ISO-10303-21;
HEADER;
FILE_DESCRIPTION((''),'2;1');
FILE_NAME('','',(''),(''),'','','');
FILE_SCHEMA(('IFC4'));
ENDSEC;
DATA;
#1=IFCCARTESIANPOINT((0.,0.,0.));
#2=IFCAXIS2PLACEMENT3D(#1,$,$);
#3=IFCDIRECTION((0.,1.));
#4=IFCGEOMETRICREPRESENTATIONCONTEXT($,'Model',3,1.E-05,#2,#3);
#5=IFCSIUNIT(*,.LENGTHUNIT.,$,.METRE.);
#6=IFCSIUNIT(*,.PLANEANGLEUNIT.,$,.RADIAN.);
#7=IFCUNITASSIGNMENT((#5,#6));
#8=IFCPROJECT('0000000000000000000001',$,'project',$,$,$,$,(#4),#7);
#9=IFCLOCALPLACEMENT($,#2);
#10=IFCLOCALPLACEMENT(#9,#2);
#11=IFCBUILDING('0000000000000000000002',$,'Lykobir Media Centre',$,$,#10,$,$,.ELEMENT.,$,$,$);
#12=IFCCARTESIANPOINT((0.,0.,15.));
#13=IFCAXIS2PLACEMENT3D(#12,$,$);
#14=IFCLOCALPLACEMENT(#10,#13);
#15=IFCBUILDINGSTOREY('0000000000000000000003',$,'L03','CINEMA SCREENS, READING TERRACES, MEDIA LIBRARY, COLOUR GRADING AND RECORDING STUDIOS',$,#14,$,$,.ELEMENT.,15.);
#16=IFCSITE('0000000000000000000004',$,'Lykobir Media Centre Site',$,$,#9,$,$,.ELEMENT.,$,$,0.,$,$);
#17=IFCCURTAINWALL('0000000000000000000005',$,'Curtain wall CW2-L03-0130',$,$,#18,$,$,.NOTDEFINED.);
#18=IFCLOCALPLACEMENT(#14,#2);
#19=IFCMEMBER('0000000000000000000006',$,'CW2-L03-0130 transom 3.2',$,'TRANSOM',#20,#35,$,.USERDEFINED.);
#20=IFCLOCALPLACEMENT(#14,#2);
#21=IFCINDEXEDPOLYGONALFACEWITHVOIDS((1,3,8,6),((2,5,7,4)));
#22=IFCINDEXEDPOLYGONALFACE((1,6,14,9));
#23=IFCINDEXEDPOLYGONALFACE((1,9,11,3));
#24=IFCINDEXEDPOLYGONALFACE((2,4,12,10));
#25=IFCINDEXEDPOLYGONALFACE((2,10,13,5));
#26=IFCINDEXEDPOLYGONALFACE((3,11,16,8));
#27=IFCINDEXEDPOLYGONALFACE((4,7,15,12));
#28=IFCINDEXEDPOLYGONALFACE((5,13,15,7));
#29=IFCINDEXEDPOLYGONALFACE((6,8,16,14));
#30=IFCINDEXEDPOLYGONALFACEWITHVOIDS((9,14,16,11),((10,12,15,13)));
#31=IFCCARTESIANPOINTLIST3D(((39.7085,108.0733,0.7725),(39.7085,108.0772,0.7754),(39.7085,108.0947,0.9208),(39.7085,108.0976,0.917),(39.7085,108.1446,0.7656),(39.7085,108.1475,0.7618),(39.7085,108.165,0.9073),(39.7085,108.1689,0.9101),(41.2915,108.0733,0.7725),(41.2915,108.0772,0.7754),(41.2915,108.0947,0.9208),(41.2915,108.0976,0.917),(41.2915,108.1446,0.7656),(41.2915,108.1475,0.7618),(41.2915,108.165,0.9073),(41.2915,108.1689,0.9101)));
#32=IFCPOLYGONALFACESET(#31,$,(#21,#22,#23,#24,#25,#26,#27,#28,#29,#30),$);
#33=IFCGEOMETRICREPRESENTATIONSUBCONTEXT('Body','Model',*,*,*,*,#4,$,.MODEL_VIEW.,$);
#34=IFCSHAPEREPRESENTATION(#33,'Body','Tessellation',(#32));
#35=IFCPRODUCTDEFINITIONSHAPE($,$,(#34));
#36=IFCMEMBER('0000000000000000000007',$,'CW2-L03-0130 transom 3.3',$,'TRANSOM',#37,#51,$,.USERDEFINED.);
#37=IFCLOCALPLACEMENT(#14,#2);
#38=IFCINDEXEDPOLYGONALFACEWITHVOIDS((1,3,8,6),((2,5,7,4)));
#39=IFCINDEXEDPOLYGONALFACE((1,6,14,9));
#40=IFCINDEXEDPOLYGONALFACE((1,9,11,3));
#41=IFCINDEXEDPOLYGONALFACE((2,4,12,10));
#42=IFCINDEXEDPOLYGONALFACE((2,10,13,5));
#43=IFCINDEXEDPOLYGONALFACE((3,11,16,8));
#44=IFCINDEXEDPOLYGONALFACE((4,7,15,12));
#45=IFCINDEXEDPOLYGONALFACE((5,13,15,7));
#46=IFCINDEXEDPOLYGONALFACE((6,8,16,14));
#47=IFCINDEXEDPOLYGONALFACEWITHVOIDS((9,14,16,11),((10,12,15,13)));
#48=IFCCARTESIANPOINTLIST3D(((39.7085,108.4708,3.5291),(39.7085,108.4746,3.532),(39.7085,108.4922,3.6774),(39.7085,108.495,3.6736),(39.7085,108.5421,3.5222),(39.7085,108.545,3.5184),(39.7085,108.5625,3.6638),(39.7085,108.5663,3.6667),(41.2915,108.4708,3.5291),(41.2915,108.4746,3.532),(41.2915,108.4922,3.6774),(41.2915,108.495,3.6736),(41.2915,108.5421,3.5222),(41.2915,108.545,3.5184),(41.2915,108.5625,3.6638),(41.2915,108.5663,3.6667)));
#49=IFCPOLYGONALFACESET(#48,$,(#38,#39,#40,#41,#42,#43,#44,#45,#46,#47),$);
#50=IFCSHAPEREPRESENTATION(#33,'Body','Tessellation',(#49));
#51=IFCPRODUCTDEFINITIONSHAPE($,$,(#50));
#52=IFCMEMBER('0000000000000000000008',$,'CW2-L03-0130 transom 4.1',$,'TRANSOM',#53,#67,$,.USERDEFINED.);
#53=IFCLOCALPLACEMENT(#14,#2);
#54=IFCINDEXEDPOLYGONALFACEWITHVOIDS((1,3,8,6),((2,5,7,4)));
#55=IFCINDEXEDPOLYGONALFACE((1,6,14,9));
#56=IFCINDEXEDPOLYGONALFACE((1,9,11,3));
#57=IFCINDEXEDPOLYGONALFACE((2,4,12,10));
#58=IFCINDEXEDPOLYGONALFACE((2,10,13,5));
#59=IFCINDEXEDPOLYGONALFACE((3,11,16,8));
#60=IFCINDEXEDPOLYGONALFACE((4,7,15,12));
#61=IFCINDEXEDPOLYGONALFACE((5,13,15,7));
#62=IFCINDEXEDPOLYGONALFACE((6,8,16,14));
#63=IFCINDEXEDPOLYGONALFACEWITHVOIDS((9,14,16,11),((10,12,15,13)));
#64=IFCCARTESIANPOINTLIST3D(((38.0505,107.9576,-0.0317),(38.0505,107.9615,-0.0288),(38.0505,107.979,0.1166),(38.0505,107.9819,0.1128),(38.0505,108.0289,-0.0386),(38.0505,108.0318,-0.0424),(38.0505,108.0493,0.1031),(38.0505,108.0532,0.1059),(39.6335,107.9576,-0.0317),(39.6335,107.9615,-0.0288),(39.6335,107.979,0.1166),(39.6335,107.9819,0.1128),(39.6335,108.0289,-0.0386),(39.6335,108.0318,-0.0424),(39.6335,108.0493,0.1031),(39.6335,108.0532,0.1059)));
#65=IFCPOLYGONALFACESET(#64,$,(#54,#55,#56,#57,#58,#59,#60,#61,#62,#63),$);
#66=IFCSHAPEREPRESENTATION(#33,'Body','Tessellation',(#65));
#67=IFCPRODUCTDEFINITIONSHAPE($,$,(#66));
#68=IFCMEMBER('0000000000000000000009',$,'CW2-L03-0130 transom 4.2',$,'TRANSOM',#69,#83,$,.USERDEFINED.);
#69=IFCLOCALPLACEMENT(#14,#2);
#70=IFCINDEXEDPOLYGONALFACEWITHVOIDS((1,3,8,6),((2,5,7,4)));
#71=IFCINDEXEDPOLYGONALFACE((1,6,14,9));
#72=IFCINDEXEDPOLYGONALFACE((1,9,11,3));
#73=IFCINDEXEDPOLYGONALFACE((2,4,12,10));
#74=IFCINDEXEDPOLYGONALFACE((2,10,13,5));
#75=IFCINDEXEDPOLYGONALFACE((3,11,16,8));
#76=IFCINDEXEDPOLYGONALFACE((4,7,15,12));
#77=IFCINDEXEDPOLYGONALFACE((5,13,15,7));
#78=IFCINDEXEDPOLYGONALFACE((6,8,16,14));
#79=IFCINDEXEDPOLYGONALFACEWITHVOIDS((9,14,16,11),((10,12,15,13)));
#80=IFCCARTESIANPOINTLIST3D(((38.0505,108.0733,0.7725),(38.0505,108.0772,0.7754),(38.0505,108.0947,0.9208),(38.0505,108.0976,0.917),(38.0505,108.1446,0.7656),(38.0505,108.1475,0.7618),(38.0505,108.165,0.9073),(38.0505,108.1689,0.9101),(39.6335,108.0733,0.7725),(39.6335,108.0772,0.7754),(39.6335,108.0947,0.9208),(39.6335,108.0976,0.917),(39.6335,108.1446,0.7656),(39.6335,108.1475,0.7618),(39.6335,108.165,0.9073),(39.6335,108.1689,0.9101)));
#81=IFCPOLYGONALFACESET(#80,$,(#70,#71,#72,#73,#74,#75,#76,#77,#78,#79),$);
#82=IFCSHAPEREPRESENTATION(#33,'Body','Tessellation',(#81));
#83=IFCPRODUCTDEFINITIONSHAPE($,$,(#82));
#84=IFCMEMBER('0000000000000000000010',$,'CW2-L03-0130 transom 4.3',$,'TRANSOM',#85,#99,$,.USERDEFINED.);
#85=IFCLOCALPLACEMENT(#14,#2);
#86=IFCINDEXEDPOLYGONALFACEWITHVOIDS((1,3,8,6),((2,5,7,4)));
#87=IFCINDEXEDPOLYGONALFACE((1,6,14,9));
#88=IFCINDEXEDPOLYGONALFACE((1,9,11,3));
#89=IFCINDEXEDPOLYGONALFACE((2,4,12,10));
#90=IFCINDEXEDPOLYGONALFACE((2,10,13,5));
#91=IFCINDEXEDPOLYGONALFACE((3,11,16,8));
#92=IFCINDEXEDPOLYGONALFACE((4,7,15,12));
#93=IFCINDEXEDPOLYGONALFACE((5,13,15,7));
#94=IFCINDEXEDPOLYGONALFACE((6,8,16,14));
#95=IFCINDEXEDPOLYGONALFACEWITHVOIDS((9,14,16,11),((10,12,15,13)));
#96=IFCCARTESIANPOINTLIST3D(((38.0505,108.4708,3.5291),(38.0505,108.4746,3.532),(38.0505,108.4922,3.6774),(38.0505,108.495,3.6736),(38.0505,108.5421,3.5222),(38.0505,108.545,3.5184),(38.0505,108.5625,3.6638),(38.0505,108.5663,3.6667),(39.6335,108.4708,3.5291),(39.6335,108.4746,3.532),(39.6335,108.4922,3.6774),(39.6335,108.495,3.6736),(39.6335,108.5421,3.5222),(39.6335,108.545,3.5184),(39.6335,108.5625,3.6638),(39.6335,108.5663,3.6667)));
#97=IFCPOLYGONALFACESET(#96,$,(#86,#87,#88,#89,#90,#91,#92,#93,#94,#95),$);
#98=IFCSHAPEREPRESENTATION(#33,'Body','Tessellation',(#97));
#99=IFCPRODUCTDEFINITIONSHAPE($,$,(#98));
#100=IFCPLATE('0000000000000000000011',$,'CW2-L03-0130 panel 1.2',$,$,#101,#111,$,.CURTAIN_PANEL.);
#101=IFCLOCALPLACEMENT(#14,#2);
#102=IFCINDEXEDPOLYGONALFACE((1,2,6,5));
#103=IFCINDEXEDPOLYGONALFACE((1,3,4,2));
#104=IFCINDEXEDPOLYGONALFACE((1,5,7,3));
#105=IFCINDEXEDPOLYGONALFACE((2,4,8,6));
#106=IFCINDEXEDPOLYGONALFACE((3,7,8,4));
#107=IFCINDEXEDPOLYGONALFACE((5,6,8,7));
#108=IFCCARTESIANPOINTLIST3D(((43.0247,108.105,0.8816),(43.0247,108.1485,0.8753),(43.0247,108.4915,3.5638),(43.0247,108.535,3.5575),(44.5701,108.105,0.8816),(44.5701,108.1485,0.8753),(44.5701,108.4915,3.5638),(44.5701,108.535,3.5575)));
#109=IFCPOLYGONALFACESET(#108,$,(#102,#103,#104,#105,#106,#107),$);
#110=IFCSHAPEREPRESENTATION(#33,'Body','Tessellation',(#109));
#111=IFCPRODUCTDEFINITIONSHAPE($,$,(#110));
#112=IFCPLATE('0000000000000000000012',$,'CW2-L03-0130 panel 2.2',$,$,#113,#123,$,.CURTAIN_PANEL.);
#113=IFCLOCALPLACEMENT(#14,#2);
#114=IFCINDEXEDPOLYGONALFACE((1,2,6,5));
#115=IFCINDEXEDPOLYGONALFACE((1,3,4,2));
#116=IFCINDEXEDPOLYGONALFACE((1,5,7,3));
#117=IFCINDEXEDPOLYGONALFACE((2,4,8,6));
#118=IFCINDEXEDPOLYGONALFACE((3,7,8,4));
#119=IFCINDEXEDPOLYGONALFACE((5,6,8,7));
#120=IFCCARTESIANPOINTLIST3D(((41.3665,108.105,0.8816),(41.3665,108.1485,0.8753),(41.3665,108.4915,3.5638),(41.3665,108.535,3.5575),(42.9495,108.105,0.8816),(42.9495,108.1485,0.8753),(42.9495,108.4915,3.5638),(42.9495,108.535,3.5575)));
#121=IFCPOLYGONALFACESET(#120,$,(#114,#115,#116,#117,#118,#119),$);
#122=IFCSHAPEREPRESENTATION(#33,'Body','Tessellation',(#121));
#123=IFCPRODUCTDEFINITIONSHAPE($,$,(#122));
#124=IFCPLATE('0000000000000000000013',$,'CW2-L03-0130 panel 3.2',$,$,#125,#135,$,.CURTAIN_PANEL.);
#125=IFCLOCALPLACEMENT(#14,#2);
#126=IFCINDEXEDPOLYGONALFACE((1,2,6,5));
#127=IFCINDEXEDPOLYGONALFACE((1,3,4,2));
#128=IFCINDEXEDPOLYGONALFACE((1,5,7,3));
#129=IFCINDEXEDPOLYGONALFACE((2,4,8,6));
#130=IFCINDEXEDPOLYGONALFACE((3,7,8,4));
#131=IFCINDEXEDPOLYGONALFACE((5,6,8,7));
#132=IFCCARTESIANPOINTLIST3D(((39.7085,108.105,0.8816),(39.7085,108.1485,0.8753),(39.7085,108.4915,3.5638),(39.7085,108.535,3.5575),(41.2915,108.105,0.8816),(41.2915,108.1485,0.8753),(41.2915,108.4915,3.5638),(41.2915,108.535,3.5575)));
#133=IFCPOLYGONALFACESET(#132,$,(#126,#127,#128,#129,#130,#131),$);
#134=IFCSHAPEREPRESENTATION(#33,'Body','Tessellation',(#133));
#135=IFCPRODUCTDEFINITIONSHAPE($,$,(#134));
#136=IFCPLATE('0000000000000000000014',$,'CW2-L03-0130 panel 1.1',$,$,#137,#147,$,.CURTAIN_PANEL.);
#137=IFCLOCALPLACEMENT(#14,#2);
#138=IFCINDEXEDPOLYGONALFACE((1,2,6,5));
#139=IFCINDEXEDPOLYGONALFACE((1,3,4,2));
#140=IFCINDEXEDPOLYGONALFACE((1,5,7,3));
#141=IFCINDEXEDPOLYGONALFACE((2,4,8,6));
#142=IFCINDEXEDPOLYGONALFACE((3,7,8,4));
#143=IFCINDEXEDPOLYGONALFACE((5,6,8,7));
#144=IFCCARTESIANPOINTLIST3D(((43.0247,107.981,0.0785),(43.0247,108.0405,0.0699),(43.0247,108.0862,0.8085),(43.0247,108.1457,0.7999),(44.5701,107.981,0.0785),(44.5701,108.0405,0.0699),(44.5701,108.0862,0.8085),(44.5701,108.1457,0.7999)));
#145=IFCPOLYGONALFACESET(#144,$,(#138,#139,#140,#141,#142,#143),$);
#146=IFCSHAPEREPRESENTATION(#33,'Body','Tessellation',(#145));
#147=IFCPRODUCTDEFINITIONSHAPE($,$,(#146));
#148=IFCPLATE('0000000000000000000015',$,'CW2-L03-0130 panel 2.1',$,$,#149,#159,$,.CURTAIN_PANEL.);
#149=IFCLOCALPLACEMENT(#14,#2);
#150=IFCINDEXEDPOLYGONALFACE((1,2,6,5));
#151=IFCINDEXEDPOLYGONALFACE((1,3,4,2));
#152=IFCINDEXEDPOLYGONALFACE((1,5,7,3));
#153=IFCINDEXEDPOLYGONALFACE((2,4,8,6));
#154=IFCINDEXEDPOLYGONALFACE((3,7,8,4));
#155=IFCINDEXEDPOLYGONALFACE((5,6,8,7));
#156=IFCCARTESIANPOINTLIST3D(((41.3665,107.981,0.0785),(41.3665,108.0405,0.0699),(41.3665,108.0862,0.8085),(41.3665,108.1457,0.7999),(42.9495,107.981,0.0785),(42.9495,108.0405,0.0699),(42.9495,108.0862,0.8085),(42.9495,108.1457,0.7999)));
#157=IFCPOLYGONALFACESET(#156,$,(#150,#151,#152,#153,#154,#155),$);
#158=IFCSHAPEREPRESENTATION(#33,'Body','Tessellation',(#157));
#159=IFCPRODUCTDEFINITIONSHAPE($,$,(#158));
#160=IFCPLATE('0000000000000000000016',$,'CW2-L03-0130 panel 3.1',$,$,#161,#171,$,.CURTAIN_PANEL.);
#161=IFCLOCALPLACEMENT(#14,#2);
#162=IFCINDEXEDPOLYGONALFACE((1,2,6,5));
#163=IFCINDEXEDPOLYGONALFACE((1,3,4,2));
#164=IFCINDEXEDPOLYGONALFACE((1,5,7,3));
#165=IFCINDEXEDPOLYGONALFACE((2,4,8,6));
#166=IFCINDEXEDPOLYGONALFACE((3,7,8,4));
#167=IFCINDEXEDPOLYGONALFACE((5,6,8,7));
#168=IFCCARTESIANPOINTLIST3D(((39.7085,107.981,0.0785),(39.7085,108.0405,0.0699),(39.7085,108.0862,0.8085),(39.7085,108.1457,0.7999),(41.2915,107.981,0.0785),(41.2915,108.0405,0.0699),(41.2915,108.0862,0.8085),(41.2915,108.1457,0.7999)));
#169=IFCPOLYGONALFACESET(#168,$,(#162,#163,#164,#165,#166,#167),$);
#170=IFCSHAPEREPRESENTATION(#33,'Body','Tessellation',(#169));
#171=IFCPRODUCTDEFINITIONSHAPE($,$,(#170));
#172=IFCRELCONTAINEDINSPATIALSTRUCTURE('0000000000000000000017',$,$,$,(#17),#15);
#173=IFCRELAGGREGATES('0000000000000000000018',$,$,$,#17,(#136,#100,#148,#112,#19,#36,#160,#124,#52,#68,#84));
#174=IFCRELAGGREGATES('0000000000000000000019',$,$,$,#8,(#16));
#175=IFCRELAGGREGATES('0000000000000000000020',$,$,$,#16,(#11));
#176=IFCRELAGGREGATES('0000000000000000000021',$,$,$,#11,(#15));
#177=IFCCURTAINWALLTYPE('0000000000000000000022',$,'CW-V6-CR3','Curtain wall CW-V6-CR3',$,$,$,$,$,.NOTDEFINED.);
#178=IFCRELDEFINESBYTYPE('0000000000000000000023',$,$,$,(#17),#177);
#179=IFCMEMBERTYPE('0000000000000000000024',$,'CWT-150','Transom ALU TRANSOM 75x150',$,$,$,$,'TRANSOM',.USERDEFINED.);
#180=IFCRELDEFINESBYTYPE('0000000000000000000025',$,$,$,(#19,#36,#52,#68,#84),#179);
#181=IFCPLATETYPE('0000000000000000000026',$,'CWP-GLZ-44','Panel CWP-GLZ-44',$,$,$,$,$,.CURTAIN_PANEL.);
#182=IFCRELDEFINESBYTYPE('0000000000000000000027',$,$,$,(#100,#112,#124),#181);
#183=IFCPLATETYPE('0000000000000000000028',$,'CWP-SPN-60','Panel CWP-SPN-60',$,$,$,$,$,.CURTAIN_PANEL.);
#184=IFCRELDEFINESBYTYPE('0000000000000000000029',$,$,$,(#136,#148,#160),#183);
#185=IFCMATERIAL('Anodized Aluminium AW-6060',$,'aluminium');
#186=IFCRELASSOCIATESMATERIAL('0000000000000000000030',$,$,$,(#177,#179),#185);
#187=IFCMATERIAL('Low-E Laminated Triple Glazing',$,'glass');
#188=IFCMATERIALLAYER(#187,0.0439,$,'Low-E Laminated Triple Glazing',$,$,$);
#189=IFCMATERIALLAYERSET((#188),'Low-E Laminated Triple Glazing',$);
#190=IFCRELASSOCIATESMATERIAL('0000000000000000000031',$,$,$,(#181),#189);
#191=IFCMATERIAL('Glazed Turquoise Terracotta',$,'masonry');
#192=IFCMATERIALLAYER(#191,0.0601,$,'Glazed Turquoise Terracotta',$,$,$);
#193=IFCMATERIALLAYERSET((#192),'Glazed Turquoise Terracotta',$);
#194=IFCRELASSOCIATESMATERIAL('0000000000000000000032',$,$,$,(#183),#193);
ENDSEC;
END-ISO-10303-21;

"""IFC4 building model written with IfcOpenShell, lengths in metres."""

from ifc_helpers import new_model, si_unit, direction, frame, origin, origin_2d, place, context, subcontext, project, spatial, rectangle, hollow_rectangle, extrude, material, layer, layer_set, material_profile, profile_set, type_object, element, aggregate, save


model = new_model("IFC4")

# Units and contexts
model_context = context("Model", 3, precision=1e-05, world=origin(), true_north=direction((0.0, 1.0)))
body_context = subcontext(model_context, "Body", "Model", "MODEL_VIEW")
ifc_project = project(units=[si_unit("LENGTHUNIT", "METRE"), si_unit("PLANEANGLEUNIT", "RADIAN")], contexts=[model_context])

# Site, building, storey
site_placement = place(None, origin())
site = spatial("IfcSite", under=ifc_project, at=site_placement, Name="Lykobir Media Centre Site", CompositionType="ELEMENT", RefElevation=0.0)
building_placement = place(site_placement, origin())
building = spatial("IfcBuilding", under=site, at=building_placement, Name="Lykobir Media Centre", CompositionType="ELEMENT")
storey_placement = place(building_placement, frame((0.0, 0.0, 15.0)))
storey = spatial("IfcBuildingStorey", under=building, at=storey_placement, Name="L03", Description="CINEMA SCREENS, READING TERRACES, MEDIA LIBRARY, COLOUR GRADING AND RECORDING STUDIOS", CompositionType="ELEMENT", Elevation=15.0)

# Curtain wall, members, plates
ifc_material_1 = material(Name="Anodized Aluminium AW-6060", Category="aluminium")
curtain_wall_type = type_object("IfcCurtainWallType", Name="CW-V6-CR3", Description="Curtain wall CW-V6-CR3", PredefinedType="NOTDEFINED", material=ifc_material_1)
curtain_wall_placement = place(storey_placement, origin())
curtain_wall = element("IfcCurtainWall", 1, at=curtain_wall_placement, inside=storey, type_object=curtain_wall_type, Name="Curtain wall CW2-L03-0130", PredefinedType="NOTDEFINED")
ifc_material_profile_1 = material_profile(ifc_material_1, hollow_rectangle(XDim=0.075, YDim=0.1499, WallThickness=0.0034, at=origin_2d()), Name="ALU TRANSOM 75x150")
ifc_profile_set_1 = profile_set([ifc_material_profile_1], Name="Anodized Aluminium AW-6060")
member_type_1 = type_object("IfcMemberType", Name="CWT-150", Description="Transom ALU TRANSOM 75x150", ElementType="TRANSOM", PredefinedType="USERDEFINED", material=ifc_profile_set_1)
member_1_placement = place(storey_placement, frame((41.2915, 108.1211, 0.8413), z_axis=(-1.0, 0.0, 0.0), x_axis=(0.0, -0.989776, 0.142629)))
member_1 = element("IfcMember", 2, at=member_1_placement, type_object=member_type_1, Name="CW2-L03-0130 transom 3.2", ObjectType="TRANSOM", PredefinedType="USERDEFINED", context=body_context, shape_type="SweptSolid", body=[
    extrude(hollow_rectangle(XDim=0.075, YDim=0.1499, WallThickness=0.0034, at=origin_2d()), origin(), (0.0, 0.0, 1.0), 1.583),
])
member_2_placement = place(storey_placement, frame((41.2915, 108.5186, 3.5979), z_axis=(-1.0, 0.0, 0.0), x_axis=(0.0, -0.989776, 0.142629)))
member_2 = element("IfcMember", 3, at=member_2_placement, type_object=member_type_1, Name="CW2-L03-0130 transom 3.3", ObjectType="TRANSOM", PredefinedType="USERDEFINED", context=body_context, shape_type="SweptSolid", body=[
    extrude(hollow_rectangle(XDim=0.075, YDim=0.1499, WallThickness=0.0034, at=origin_2d()), origin(), (0.0, 0.0, 1.0), 1.583),
])
member_3_placement = place(storey_placement, frame((39.6335, 108.0054, 0.0371), z_axis=(-1.0, 0.0, 0.0), x_axis=(0.0, -0.989776, 0.142629)))
member_3 = element("IfcMember", 4, at=member_3_placement, type_object=member_type_1, Name="CW2-L03-0130 transom 4.1", ObjectType="TRANSOM", PredefinedType="USERDEFINED", context=body_context, shape_type="SweptSolid", body=[
    extrude(hollow_rectangle(XDim=0.075, YDim=0.1499, WallThickness=0.0034, at=origin_2d()), origin(), (0.0, 0.0, 1.0), 1.583),
])
member_4_placement = place(storey_placement, frame((39.6335, 108.1211, 0.8413), z_axis=(-1.0, 0.0, 0.0), x_axis=(0.0, -0.989776, 0.142629)))
member_4 = element("IfcMember", 5, at=member_4_placement, type_object=member_type_1, Name="CW2-L03-0130 transom 4.2", ObjectType="TRANSOM", PredefinedType="USERDEFINED", context=body_context, shape_type="SweptSolid", body=[
    extrude(hollow_rectangle(XDim=0.075, YDim=0.1499, WallThickness=0.0034, at=origin_2d()), origin(), (0.0, 0.0, 1.0), 1.583),
])
member_5_placement = place(storey_placement, frame((39.6335, 108.5186, 3.5979), z_axis=(-1.0, 0.0, 0.0), x_axis=(0.0, -0.989776, 0.142629)))
member_5 = element("IfcMember", 6, at=member_5_placement, type_object=member_type_1, Name="CW2-L03-0130 transom 4.3", ObjectType="TRANSOM", PredefinedType="USERDEFINED", context=body_context, shape_type="SweptSolid", body=[
    extrude(hollow_rectangle(XDim=0.075, YDim=0.1499, WallThickness=0.0034, at=origin_2d()), origin(), (0.0, 0.0, 1.0), 1.583),
])
ifc_material_2 = material(Name="Low-E Laminated Triple Glazing", Category="glass")
ifc_layer_1 = layer(ifc_material_2, 0.0439, Name="Low-E Laminated Triple Glazing")
ifc_layer_set_1 = layer_set([ifc_layer_1], Name="Low-E Laminated Triple Glazing")
plate_type_1 = type_object("IfcPlateType", Name="CWP-GLZ-44", Description="Panel CWP-GLZ-44", PredefinedType="CURTAIN_PANEL", material=ifc_layer_set_1)
plate_1_placement = place(storey_placement, frame((43.7974, 108.1267, 0.8784), z_axis=(0.0, 0.142629, 0.989776), x_axis=(-1.0, 0.0, 0.0)))
plate_1 = element("IfcPlate", 7, at=plate_1_placement, type_object=plate_type_1, Name="CW2-L03-0130 panel 1.2", PredefinedType="CURTAIN_PANEL", context=body_context, shape_type="SweptSolid", body=[
    extrude(rectangle(XDim=1.5454, YDim=0.0439, at=origin_2d()), origin(), (0.0, 0.0, 1.0), 2.71),
])
plate_2_placement = place(storey_placement, frame((42.158, 108.1267, 0.8784), z_axis=(0.0, 0.142629, 0.989776), x_axis=(-1.0, 0.0, 0.0)))
plate_2 = element("IfcPlate", 8, at=plate_2_placement, type_object=plate_type_1, Name="CW2-L03-0130 panel 2.2", PredefinedType="CURTAIN_PANEL", context=body_context, shape_type="SweptSolid", body=[
    extrude(rectangle(XDim=1.583, YDim=0.0439, at=origin_2d()), origin(), (0.0, 0.0, 1.0), 2.71),
])
plate_3_placement = place(storey_placement, frame((40.5, 108.1267, 0.8784), z_axis=(0.0, 0.142629, 0.989776), x_axis=(-1.0, 0.0, 0.0)))
plate_3 = element("IfcPlate", 9, at=plate_3_placement, type_object=plate_type_1, Name="CW2-L03-0130 panel 3.2", PredefinedType="CURTAIN_PANEL", context=body_context, shape_type="SweptSolid", body=[
    extrude(rectangle(XDim=1.583, YDim=0.0439, at=origin_2d()), origin(), (0.0, 0.0, 1.0), 2.71),
])
ifc_material_3 = material(Name="Glazed Turquoise Terracotta", Category="masonry")
ifc_layer_2 = layer(ifc_material_3, 0.0601, Name="Glazed Turquoise Terracotta")
ifc_layer_set_2 = layer_set([ifc_layer_2], Name="Glazed Turquoise Terracotta")
plate_type_2 = type_object("IfcPlateType", Name="CWP-SPN-60", Description="Panel CWP-SPN-60", PredefinedType="CURTAIN_PANEL", material=ifc_layer_set_2)
plate_4_placement = place(storey_placement, frame((43.7974, 108.0107, 0.0742), z_axis=(0.0, 0.142629, 0.989776), x_axis=(-1.0, 0.0, 0.0)))
plate_4 = element("IfcPlate", 10, at=plate_4_placement, type_object=plate_type_2, Name="CW2-L03-0130 panel 1.1", PredefinedType="CURTAIN_PANEL", context=body_context, shape_type="SweptSolid", body=[
    extrude(rectangle(XDim=1.5454, YDim=0.0601, at=origin_2d()), origin(), (0.0, 0.0, 1.0), 0.7375),
])
plate_5_placement = place(storey_placement, frame((42.158, 108.0107, 0.0742), z_axis=(0.0, 0.142629, 0.989776), x_axis=(-1.0, 0.0, 0.0)))
plate_5 = element("IfcPlate", 11, at=plate_5_placement, type_object=plate_type_2, Name="CW2-L03-0130 panel 2.1", PredefinedType="CURTAIN_PANEL", context=body_context, shape_type="SweptSolid", body=[
    extrude(rectangle(XDim=1.583, YDim=0.0601, at=origin_2d()), origin(), (0.0, 0.0, 1.0), 0.7375),
])
plate_6_placement = place(storey_placement, frame((40.5, 108.0107, 0.0742), z_axis=(0.0, 0.142629, 0.989776), x_axis=(-1.0, 0.0, 0.0)))
plate_6 = element("IfcPlate", 12, at=plate_6_placement, type_object=plate_type_2, Name="CW2-L03-0130 panel 3.1", PredefinedType="CURTAIN_PANEL", context=body_context, shape_type="SweptSolid", body=[
    extrude(rectangle(XDim=1.583, YDim=0.0601, at=origin_2d()), origin(), (0.0, 0.0, 1.0), 0.7375),
])
aggregate(curtain_wall, [plate_4, plate_1, plate_5, plate_2, member_1, member_2, plate_6, plate_3, member_3, member_4, member_5])

save(model, "model.ifc")
